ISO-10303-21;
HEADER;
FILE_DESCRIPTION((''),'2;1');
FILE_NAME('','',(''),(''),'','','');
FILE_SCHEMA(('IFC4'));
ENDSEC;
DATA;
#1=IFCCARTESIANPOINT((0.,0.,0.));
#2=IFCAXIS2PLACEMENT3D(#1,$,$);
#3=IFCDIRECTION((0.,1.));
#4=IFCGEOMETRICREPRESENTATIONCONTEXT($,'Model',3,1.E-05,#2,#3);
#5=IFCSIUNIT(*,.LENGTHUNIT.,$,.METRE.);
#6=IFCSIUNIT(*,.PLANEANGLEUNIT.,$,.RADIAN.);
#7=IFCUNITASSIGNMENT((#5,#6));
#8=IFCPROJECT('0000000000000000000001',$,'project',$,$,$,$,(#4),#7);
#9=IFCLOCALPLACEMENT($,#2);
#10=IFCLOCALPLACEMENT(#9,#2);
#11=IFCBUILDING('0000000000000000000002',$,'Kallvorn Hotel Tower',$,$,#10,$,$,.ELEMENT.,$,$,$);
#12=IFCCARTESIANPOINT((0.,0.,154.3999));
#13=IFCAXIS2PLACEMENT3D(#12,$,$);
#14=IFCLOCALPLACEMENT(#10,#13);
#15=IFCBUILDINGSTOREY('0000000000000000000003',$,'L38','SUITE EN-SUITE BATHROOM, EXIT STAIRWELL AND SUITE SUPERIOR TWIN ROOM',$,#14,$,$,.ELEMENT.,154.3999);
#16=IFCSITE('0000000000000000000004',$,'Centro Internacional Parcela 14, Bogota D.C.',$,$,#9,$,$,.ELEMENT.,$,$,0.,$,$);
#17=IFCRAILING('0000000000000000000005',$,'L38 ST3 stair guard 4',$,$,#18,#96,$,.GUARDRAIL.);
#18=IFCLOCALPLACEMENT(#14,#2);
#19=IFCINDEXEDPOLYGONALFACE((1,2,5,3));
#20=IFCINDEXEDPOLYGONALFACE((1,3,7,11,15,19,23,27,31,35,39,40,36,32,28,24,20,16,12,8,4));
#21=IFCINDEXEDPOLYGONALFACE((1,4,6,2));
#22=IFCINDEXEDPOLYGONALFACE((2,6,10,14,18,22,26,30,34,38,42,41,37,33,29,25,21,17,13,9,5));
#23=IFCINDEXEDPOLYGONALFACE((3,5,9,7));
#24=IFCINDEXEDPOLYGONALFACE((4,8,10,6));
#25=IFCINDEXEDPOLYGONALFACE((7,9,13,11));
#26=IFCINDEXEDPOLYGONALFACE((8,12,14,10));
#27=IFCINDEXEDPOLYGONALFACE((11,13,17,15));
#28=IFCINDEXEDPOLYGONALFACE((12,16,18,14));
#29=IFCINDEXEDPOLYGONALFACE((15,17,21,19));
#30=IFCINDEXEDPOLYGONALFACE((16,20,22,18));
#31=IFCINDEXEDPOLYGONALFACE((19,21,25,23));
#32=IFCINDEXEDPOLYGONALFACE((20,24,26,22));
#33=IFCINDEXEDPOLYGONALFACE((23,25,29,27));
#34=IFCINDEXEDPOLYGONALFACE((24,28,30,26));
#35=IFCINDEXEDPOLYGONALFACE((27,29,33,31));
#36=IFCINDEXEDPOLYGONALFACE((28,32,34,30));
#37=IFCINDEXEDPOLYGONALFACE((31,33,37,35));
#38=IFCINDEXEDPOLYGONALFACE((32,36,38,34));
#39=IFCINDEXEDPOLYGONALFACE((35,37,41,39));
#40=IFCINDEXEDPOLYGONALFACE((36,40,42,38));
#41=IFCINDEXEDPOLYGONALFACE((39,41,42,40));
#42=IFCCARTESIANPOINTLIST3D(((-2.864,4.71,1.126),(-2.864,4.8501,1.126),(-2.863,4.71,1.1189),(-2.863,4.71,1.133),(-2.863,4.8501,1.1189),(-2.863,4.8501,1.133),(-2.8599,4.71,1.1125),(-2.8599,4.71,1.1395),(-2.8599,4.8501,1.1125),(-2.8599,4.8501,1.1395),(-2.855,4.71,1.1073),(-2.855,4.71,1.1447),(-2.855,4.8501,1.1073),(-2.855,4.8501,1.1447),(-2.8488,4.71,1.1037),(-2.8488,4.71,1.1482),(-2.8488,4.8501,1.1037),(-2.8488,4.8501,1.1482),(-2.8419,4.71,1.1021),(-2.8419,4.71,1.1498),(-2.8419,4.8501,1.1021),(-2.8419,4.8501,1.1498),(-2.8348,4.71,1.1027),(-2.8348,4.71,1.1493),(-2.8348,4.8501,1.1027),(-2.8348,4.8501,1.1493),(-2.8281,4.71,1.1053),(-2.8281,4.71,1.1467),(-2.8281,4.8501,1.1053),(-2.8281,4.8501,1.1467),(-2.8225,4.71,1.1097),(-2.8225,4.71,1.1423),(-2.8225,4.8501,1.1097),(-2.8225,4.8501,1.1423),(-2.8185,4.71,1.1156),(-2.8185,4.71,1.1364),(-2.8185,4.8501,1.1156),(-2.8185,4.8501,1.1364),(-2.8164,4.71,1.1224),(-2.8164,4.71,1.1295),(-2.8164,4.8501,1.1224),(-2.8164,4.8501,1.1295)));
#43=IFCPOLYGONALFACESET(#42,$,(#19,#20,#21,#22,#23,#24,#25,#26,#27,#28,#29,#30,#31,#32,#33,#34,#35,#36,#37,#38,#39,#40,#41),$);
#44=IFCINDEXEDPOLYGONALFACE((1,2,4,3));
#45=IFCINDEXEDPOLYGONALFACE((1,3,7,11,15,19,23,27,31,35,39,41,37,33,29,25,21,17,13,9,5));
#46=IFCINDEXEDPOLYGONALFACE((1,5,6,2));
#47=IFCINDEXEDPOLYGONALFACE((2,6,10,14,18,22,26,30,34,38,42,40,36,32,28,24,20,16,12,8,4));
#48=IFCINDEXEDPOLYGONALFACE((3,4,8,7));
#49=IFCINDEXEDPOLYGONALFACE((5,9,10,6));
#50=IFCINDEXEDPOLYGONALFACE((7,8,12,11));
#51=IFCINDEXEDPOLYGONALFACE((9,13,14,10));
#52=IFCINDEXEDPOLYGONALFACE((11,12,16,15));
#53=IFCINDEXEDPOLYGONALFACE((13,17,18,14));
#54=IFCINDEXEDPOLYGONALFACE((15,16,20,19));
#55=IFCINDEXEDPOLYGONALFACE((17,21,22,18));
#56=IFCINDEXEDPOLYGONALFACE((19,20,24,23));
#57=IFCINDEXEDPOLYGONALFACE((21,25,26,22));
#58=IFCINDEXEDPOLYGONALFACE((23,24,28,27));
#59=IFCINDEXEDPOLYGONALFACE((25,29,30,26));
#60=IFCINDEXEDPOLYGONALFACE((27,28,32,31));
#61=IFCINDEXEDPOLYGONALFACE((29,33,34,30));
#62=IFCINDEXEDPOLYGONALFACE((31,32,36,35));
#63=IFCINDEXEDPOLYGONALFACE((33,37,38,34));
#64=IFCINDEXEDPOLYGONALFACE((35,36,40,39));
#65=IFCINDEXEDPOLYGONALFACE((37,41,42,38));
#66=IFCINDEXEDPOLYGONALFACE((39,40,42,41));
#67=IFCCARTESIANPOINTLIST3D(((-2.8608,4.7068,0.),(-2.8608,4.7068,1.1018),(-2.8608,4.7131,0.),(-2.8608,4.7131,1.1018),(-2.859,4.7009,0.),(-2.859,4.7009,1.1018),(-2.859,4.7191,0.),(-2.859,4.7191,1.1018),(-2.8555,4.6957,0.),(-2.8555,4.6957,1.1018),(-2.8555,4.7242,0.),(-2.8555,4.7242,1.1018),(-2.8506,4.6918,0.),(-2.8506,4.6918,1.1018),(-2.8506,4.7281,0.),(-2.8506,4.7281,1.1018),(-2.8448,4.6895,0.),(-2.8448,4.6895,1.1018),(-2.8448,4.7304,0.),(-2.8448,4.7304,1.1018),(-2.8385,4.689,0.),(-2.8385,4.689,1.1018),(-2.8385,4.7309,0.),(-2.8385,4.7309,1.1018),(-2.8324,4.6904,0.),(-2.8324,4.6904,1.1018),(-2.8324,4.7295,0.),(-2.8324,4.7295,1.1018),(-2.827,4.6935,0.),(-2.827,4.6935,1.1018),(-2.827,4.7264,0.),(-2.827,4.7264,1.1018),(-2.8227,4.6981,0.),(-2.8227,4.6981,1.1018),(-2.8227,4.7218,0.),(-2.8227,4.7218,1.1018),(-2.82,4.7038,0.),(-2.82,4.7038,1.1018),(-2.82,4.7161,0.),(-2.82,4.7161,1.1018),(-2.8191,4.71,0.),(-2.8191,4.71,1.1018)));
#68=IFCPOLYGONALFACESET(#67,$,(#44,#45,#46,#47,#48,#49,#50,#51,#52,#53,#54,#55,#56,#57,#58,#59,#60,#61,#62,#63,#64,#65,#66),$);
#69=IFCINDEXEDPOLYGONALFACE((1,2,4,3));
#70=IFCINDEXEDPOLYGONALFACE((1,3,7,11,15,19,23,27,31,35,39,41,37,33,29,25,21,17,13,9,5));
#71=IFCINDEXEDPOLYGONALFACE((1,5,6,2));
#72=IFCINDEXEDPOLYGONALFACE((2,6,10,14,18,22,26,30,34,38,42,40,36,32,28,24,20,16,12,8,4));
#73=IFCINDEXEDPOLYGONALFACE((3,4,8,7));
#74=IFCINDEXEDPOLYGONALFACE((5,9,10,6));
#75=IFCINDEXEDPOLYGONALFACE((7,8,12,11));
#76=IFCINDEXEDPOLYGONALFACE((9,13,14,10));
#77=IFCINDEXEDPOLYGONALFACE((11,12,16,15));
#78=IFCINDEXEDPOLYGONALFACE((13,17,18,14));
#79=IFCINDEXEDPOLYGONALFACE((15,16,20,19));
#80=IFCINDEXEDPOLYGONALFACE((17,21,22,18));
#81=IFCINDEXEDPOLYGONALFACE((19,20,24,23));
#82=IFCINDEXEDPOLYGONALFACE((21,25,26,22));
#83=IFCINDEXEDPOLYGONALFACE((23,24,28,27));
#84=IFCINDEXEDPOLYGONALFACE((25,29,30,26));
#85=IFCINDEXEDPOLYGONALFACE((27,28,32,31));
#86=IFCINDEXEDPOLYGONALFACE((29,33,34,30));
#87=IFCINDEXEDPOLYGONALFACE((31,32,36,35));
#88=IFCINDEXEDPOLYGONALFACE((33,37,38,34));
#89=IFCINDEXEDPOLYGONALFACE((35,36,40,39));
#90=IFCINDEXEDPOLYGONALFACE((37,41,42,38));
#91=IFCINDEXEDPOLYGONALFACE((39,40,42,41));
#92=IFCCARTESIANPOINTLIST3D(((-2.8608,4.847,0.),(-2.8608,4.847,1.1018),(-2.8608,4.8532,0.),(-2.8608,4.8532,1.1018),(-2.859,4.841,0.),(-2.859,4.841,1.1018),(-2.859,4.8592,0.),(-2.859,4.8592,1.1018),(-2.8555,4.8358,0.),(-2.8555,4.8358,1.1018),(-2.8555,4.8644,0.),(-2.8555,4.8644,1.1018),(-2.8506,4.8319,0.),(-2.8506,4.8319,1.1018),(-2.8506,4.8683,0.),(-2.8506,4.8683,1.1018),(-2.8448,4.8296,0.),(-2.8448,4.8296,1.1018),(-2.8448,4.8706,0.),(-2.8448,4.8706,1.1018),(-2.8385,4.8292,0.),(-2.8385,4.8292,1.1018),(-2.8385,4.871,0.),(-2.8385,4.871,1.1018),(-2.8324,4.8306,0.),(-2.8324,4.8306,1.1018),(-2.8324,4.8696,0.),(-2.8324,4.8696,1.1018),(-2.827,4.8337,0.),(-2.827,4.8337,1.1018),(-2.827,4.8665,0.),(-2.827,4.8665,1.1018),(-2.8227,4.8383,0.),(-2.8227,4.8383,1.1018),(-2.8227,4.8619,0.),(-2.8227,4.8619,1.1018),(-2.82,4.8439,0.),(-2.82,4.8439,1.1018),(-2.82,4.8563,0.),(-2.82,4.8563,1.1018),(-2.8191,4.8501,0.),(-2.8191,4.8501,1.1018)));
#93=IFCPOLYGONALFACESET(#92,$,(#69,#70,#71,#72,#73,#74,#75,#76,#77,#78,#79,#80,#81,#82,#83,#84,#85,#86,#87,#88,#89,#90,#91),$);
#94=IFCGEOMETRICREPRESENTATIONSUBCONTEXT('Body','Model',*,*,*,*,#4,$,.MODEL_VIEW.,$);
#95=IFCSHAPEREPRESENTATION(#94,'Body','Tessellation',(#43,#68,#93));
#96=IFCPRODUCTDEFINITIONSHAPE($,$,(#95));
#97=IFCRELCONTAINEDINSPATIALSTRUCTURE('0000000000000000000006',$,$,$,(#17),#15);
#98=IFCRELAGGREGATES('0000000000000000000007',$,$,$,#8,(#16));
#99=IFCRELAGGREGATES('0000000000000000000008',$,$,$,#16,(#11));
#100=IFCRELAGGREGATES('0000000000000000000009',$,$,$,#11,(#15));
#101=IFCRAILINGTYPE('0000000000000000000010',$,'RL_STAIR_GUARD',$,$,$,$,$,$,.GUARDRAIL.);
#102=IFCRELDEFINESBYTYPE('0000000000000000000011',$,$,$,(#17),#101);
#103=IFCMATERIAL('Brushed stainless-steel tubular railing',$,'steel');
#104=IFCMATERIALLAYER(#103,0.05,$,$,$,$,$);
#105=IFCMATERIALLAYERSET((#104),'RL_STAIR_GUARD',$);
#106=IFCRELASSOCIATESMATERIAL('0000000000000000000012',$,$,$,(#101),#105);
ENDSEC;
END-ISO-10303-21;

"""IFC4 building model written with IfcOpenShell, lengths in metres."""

from ifc_helpers import new_model, si_unit, direction, frame, origin, origin_2d, place, context, subcontext, project, spatial, circle, extrude, material, layer, layer_set, type_object, element, save


model = new_model("IFC4")

# Units and contexts
model_context = context("Model", 3, precision=1e-05, world=origin(), true_north=direction((0.0, 1.0)))
body_context = subcontext(model_context, "Body", "Model", "MODEL_VIEW")
ifc_project = project(units=[si_unit("LENGTHUNIT", "METRE"), si_unit("PLANEANGLEUNIT", "RADIAN")], contexts=[model_context])

# Site, building, storey
site_placement = place(None, origin())
site = spatial("IfcSite", under=ifc_project, at=site_placement, Name="Centro Internacional Parcela 14, Bogota D.C.", CompositionType="ELEMENT", RefElevation=0.0)
building_placement = place(site_placement, origin())
building = spatial("IfcBuilding", under=site, at=building_placement, Name="Kallvorn Hotel Tower", CompositionType="ELEMENT")
storey_placement = place(building_placement, frame((0.0, 0.0, 154.3999)))
storey = spatial("IfcBuildingStorey", under=building, at=storey_placement, Name="L38", Description="SUITE EN-SUITE BATHROOM, EXIT STAIRWELL AND SUITE SUPERIOR TWIN ROOM", CompositionType="ELEMENT", Elevation=154.3999)

# Railing
ifc_material_1 = material(Name="Brushed stainless-steel tubular railing", Category="steel")
ifc_layer_1 = layer(ifc_material_1, 0.05)
ifc_layer_set_1 = layer_set([ifc_layer_1], Name="RL_STAIR_GUARD")
railing_type_1 = type_object("IfcRailingType", Name="RL_STAIR_GUARD", PredefinedType="GUARDRAIL", material=ifc_layer_set_1)
railing_1_placement = place(storey_placement, frame((-2.8401, 4.71, 0.0)))
element("IfcRailing", 1, at=railing_1_placement, inside=storey, type_object=railing_type_1, Name="L38 ST3 stair guard 4", PredefinedType="GUARDRAIL", context=body_context, shape_type="SweptSolid", body=[
    extrude(circle(Radius=0.0239, at=origin_2d()), frame((0.0, 0.0, 1.126), z_axis=(0.0, 1.0, 0.0), x_axis=(-1.0, 0.0, 0.0)), (0.0, 0.0, 1.0), 0.1401),
    extrude(circle(Radius=0.021, at=origin_2d()), origin(), (0.0, 0.0, 1.0), 1.1018),
    extrude(circle(Radius=0.021, at=origin_2d()), frame((0.0, 0.1401, 0.0)), (0.0, 0.0, 1.0), 1.1018),
])

save(model, "model.ifc")
